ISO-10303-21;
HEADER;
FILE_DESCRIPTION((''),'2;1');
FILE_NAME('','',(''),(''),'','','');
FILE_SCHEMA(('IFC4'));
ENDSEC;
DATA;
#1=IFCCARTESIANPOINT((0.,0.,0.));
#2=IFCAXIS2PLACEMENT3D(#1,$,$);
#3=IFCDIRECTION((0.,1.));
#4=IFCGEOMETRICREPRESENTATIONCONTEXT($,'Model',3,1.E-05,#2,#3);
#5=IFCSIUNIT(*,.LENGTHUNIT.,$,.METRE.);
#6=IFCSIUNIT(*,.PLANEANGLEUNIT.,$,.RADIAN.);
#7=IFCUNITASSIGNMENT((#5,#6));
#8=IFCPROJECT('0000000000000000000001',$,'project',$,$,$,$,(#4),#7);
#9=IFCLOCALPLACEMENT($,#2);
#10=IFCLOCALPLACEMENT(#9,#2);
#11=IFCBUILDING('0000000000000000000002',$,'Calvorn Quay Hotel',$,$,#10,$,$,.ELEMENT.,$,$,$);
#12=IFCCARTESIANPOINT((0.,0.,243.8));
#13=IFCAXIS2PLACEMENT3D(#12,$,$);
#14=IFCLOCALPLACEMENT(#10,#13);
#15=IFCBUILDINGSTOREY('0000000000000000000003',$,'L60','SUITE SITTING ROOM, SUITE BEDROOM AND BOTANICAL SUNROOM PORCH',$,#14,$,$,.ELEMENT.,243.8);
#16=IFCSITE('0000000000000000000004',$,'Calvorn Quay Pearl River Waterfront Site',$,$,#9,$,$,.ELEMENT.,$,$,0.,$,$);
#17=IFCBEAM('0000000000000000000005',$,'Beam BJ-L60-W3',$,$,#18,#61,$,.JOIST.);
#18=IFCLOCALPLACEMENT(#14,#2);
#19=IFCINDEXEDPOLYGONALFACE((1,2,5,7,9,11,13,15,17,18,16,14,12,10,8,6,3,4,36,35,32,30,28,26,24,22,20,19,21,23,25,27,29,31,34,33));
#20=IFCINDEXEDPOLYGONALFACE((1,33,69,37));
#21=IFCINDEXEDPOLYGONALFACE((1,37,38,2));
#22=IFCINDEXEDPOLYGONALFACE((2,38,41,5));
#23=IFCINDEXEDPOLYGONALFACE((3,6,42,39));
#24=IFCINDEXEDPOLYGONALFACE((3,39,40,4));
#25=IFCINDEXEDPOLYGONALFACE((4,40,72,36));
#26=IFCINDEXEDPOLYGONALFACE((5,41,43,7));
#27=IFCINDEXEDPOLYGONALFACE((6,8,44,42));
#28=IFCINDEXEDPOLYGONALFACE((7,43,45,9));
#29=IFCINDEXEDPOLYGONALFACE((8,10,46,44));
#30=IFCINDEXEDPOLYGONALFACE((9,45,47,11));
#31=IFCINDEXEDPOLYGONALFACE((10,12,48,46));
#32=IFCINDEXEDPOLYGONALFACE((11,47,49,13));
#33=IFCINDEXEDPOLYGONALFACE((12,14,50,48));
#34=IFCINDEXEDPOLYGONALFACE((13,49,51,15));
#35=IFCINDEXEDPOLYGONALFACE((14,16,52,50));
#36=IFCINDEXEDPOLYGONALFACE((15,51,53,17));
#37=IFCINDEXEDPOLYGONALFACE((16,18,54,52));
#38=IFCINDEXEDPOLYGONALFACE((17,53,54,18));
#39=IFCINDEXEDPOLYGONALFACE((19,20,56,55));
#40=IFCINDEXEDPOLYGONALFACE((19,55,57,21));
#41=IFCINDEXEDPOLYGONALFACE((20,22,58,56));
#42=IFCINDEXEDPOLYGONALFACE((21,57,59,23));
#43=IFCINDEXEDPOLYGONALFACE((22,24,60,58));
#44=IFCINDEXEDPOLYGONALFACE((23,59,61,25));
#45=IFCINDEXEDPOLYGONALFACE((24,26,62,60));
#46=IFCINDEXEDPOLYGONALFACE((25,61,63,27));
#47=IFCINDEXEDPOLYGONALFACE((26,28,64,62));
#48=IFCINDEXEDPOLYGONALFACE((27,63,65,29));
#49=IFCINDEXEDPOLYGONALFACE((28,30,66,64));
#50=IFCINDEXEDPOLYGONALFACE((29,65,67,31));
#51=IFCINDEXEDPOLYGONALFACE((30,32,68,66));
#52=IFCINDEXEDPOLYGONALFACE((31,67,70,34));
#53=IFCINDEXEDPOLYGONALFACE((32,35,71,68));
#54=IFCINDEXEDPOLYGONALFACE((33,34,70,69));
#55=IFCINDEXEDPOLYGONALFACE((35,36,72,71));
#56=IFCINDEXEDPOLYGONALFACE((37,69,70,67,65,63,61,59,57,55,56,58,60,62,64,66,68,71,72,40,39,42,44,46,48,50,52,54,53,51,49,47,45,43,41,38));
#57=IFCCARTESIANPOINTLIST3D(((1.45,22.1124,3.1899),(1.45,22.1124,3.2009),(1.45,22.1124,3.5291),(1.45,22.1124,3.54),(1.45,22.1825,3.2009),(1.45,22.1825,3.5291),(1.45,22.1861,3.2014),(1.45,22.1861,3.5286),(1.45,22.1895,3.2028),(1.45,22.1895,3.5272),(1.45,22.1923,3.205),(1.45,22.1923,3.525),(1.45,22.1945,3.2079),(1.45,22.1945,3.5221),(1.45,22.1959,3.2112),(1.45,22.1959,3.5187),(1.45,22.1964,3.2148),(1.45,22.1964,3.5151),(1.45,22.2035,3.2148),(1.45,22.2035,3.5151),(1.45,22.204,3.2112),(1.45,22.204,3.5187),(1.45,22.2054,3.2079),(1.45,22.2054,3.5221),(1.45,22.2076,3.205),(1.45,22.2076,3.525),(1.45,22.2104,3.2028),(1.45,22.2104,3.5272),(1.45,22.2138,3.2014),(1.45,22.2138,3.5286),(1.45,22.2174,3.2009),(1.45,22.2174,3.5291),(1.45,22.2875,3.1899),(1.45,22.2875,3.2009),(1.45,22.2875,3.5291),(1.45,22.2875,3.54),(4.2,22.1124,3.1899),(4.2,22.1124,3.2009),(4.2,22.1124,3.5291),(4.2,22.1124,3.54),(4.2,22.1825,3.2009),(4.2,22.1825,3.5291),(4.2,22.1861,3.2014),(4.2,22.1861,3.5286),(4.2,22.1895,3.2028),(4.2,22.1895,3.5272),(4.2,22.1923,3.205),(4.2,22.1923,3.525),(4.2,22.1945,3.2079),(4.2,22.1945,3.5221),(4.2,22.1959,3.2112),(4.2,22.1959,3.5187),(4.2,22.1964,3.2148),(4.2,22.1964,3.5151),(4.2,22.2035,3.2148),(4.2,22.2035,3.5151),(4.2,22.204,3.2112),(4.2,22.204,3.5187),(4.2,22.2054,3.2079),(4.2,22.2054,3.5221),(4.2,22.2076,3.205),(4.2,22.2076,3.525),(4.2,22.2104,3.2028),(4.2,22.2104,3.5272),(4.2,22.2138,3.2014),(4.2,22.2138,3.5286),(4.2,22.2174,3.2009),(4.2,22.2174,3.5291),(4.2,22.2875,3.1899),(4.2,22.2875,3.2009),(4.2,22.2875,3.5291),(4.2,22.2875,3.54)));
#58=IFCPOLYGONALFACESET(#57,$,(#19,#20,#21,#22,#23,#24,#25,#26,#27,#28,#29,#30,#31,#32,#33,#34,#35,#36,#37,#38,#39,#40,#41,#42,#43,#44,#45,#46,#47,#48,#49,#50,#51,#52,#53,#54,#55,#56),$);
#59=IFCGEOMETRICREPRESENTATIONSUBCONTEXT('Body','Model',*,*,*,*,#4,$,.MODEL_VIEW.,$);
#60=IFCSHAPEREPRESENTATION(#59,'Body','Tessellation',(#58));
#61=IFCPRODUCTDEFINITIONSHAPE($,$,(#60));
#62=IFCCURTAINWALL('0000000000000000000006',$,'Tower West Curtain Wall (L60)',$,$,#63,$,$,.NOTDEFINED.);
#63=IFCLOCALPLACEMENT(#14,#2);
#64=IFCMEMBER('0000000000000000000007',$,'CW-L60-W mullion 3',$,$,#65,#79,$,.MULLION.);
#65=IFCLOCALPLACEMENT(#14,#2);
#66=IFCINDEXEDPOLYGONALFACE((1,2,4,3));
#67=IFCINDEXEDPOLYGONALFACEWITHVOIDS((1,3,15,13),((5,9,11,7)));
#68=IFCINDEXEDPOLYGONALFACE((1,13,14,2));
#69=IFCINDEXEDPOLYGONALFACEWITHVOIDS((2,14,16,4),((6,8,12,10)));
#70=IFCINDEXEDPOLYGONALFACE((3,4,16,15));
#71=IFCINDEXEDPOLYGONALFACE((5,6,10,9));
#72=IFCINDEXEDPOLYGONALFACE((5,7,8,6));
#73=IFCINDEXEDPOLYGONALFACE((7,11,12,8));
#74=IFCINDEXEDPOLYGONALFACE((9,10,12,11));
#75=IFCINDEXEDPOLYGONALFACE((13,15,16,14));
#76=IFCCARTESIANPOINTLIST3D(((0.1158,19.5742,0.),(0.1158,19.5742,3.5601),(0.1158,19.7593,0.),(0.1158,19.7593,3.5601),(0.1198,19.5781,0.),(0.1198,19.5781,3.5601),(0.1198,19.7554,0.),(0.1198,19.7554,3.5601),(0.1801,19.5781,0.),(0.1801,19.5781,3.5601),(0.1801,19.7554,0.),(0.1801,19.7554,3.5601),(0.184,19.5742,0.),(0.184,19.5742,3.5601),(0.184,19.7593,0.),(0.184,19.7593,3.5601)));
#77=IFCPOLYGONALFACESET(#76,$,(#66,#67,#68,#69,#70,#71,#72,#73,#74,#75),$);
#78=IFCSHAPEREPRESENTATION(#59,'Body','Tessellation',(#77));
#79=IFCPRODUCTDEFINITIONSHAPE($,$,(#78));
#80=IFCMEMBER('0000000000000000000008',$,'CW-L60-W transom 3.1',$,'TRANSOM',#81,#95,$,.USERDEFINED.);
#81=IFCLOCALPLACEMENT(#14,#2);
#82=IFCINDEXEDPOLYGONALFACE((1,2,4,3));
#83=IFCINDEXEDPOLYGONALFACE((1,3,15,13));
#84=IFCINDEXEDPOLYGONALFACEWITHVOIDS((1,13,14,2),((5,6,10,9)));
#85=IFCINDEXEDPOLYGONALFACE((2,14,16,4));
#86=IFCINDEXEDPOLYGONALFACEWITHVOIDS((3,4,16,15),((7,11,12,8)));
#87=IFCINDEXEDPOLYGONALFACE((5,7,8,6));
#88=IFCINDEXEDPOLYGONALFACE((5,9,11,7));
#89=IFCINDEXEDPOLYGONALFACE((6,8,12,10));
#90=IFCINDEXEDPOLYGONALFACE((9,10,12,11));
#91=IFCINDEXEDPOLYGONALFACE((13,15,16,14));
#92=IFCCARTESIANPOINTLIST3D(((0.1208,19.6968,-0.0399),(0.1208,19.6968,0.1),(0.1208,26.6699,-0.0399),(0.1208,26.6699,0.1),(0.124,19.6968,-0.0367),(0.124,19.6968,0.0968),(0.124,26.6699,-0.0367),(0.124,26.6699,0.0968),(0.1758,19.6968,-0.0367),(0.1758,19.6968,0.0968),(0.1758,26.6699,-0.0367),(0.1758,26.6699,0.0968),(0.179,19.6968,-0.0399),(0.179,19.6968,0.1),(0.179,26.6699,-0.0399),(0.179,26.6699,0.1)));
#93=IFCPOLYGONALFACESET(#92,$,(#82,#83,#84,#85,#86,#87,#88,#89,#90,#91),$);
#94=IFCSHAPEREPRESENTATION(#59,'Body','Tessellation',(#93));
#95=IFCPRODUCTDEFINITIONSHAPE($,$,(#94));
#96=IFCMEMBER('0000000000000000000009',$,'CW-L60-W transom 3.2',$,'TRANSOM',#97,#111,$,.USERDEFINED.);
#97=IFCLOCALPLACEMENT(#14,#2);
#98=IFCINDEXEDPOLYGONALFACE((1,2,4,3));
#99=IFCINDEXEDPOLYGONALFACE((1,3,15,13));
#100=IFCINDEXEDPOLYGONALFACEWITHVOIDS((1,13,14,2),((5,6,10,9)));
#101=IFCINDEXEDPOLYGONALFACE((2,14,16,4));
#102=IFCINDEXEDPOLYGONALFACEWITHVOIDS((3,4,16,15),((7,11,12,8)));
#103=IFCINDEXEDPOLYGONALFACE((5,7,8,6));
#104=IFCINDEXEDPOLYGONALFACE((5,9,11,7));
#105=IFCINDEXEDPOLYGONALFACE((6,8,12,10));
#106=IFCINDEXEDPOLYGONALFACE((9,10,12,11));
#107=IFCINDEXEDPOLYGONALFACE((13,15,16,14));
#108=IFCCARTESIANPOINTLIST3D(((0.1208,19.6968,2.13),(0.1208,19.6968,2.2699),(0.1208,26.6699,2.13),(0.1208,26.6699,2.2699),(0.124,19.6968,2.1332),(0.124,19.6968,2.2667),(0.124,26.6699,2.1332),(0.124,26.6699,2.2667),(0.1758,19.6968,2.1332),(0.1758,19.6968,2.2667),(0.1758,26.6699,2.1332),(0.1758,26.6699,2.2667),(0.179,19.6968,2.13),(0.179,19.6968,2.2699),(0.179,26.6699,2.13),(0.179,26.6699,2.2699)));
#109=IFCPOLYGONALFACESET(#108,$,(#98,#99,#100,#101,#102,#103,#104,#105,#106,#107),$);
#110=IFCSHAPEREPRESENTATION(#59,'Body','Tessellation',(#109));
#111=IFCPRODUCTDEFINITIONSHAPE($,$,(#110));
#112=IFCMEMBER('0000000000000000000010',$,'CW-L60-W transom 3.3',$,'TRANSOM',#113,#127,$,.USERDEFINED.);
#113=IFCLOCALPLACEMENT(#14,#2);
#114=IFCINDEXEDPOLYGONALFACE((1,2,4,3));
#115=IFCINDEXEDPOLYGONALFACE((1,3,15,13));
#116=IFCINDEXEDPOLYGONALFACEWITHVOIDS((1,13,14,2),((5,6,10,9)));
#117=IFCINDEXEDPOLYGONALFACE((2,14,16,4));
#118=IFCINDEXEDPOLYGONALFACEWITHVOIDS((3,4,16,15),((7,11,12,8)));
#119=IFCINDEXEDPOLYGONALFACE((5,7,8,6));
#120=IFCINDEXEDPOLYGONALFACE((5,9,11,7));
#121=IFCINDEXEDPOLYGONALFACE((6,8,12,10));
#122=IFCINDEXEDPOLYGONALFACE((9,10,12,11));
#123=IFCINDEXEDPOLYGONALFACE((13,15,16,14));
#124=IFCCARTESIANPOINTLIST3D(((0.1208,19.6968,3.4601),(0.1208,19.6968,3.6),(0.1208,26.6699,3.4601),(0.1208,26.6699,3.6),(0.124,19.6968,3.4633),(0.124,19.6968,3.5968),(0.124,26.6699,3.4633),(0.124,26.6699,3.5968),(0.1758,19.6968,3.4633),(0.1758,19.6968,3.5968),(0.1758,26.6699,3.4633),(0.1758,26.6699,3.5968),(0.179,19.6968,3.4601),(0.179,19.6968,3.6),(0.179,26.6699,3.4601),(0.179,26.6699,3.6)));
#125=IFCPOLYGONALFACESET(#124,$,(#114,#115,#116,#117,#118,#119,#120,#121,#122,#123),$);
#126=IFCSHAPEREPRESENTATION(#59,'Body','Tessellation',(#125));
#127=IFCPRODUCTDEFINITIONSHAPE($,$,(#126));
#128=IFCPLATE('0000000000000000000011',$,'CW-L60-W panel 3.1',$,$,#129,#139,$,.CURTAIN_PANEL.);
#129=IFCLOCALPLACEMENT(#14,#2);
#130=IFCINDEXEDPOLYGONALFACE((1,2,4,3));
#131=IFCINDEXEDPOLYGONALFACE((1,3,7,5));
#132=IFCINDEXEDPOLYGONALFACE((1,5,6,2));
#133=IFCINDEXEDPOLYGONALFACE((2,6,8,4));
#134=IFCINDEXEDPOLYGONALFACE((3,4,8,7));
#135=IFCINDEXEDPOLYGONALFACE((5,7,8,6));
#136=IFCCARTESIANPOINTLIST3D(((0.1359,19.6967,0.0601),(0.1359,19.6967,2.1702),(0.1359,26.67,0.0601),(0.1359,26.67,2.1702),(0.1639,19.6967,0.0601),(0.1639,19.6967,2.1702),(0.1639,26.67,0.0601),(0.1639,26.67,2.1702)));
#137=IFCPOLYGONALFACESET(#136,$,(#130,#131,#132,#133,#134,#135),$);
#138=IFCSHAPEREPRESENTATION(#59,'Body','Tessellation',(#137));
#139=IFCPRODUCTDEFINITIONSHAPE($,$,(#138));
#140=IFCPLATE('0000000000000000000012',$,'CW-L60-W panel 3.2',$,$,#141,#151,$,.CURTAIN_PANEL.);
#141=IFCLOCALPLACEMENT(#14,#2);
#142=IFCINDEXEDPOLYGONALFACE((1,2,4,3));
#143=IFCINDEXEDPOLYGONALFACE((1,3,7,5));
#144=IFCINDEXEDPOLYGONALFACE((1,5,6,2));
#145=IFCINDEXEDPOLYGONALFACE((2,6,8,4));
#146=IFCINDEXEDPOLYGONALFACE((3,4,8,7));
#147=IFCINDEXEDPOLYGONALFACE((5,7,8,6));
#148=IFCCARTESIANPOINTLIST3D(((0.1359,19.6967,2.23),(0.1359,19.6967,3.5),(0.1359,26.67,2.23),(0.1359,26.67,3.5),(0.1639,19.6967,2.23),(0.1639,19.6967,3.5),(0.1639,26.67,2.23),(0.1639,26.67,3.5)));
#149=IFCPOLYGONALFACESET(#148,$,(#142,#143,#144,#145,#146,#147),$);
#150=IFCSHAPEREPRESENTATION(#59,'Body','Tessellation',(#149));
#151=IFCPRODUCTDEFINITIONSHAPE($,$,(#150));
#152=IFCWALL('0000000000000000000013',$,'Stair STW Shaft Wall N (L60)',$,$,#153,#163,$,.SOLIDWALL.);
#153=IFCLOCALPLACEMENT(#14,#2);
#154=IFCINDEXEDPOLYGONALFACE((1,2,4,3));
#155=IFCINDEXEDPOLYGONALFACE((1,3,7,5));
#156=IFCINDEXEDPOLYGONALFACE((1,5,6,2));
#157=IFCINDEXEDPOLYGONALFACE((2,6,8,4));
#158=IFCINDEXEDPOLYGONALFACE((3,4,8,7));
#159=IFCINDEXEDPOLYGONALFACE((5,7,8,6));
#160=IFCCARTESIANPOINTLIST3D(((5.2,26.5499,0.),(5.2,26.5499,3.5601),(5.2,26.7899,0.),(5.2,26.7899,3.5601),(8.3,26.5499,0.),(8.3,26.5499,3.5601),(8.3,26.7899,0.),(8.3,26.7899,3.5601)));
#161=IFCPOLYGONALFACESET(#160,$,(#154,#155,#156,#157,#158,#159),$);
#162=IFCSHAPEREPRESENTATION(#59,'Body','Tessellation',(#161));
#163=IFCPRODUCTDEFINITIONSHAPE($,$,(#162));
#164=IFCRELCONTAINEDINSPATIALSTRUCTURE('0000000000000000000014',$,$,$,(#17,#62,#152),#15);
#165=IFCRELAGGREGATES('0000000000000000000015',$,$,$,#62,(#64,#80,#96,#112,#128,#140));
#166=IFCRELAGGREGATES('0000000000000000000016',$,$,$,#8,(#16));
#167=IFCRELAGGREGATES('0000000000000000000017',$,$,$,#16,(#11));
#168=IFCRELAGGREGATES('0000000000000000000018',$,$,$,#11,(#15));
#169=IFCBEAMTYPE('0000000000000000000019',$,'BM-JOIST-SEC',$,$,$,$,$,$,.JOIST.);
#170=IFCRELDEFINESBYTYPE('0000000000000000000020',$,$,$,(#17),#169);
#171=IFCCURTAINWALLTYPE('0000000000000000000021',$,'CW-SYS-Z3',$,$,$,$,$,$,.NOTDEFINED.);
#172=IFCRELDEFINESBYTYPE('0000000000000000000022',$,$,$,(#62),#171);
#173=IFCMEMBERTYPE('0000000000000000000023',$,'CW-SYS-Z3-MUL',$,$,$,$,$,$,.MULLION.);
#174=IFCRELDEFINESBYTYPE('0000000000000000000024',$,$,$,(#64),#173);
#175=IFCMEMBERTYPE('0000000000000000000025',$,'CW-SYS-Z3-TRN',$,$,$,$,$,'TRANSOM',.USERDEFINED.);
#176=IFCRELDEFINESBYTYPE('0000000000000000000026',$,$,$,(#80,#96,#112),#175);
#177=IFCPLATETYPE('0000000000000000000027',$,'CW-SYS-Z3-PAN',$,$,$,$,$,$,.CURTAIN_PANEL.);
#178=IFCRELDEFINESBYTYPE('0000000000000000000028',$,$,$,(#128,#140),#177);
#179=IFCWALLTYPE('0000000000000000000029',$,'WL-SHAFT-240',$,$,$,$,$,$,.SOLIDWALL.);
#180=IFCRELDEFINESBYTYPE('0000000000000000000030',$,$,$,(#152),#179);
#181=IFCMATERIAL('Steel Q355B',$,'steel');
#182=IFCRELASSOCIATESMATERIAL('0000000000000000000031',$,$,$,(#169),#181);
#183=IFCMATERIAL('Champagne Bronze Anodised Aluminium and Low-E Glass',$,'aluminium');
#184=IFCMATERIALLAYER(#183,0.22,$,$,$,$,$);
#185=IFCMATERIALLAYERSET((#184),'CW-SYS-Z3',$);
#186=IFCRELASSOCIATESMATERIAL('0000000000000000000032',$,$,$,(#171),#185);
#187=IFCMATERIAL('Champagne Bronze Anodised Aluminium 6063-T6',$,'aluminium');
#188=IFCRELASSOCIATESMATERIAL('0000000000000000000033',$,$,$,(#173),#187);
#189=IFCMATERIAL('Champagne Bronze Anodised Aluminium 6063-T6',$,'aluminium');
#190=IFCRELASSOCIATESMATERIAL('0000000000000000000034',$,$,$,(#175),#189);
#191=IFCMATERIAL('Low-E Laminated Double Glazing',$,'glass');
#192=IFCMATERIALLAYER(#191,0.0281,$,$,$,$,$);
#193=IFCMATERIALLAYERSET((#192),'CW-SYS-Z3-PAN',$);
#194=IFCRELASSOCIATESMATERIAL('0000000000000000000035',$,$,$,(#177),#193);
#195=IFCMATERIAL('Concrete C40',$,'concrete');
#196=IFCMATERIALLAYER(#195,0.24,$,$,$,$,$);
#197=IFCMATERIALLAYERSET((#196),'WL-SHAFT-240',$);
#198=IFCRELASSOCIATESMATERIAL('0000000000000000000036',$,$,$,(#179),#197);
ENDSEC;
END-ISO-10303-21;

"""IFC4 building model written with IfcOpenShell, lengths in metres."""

from ifc_helpers import new_model, si_unit, direction, frame, frame_2d, origin, origin_2d, place, context, subcontext, project, spatial, rectangle, hollow_rectangle, i_section, extrude, material, layer, layer_set, material_profile, profile_set, type_object, element, aggregate, save


model = new_model("IFC4")

# Units and contexts
model_context = context("Model", 3, precision=1e-05, world=origin(), true_north=direction((0.0, 1.0)))
body_context = subcontext(model_context, "Body", "Model", "MODEL_VIEW")
ifc_project = project(units=[si_unit("LENGTHUNIT", "METRE"), si_unit("PLANEANGLEUNIT", "RADIAN")], contexts=[model_context])

# Site, building, storey
site_placement = place(None, origin())
site = spatial("IfcSite", under=ifc_project, at=site_placement, Name="Calvorn Quay Pearl River Waterfront Site", CompositionType="ELEMENT", RefElevation=0.0)
building_placement = place(site_placement, origin())
building = spatial("IfcBuilding", under=site, at=building_placement, Name="Calvorn Quay Hotel", CompositionType="ELEMENT")
storey_placement = place(building_placement, frame((0.0, 0.0, 243.8)))
storey = spatial("IfcBuildingStorey", under=building, at=storey_placement, Name="L60", Description="SUITE SITTING ROOM, SUITE BEDROOM AND BOTANICAL SUNROOM PORCH", CompositionType="ELEMENT", Elevation=243.8)

# Beam
ifc_material_1 = material(Name="Steel Q355B", Category="steel")
ifc_material_profile_1 = material_profile(ifc_material_1, i_section(OverallWidth=0.175, OverallDepth=0.3501, WebThickness=0.0071, FlangeThickness=0.011, FilletRadius=0.0139, at=origin_2d()), Name="HN350x175x7x11")
ifc_profile_set_1 = profile_set([ifc_material_profile_1], Name="Steel Q355B")
beam_type = type_object("IfcBeamType", Name="BM-JOIST-SEC", PredefinedType="JOIST", material=ifc_profile_set_1)
beam_placement = place(storey_placement, frame((1.45, 22.2, 3.365), z_axis=(1.0, 0.0, 0.0), x_axis=(0.0, 1.0, 0.0)))
element("IfcBeam", 1, at=beam_placement, inside=storey, type_object=beam_type, Name="Beam BJ-L60-W3", PredefinedType="JOIST", context=body_context, shape_type="SweptSolid", body=[
    extrude(i_section(OverallWidth=0.175, OverallDepth=0.3501, WebThickness=0.0071, FlangeThickness=0.011, FilletRadius=0.0139, at=origin_2d()), origin(), (0.0, 0.0, 1.0), 2.75),
])

# Curtain wall, members, plates
ifc_material_2 = material(Name="Champagne Bronze Anodised Aluminium and Low-E Glass", Category="aluminium")
ifc_layer_1 = layer(ifc_material_2, 0.22)
ifc_layer_set_1 = layer_set([ifc_layer_1], Name="CW-SYS-Z3")
curtain_wall_type = type_object("IfcCurtainWallType", Name="CW-SYS-Z3", PredefinedType="NOTDEFINED", material=ifc_layer_set_1)
curtain_wall_placement = place(storey_placement, origin())
curtain_wall = element("IfcCurtainWall", 2, at=curtain_wall_placement, inside=storey, type_object=curtain_wall_type, Name="Tower West Curtain Wall (L60)", PredefinedType="NOTDEFINED")
ifc_material_3 = material(Name="Champagne Bronze Anodised Aluminium 6063-T6", Category="aluminium")
ifc_material_profile_2 = material_profile(ifc_material_3, hollow_rectangle(XDim=0.0681, YDim=0.1851, WallThickness=0.0039, at=origin_2d()), Name="ALU-M185x68x4")
ifc_profile_set_2 = profile_set([ifc_material_profile_2], Name="Champagne Bronze Anodised Aluminium 6063-T6")
member_type_1 = type_object("IfcMemberType", Name="CW-SYS-Z3-MUL", PredefinedType="MULLION", material=ifc_profile_set_2)
member_1_placement = place(storey_placement, frame((0.1499, 19.6667, 0.0), z_axis=(0.0, 0.0, 1.0), x_axis=(-1.0, 0.0, 0.0)))
member_1 = element("IfcMember", 3, at=member_1_placement, type_object=member_type_1, Name="CW-L60-W mullion 3", PredefinedType="MULLION", context=body_context, shape_type="SweptSolid", body=[
    extrude(hollow_rectangle(XDim=0.0681, YDim=0.1851, WallThickness=0.0039, at=origin_2d()), origin(), (0.0, 0.0, 1.0), 3.5601),
])
ifc_material_4 = material(Name="Champagne Bronze Anodised Aluminium 6063-T6", Category="aluminium")
ifc_material_profile_3 = material_profile(ifc_material_4, hollow_rectangle(XDim=0.0581, YDim=0.1399, WallThickness=0.0032, at=origin_2d()), Name="ALU-T140x58x3.2")
ifc_profile_set_3 = profile_set([ifc_material_profile_3], Name="Champagne Bronze Anodised Aluminium 6063-T6")
member_type_2 = type_object("IfcMemberType", Name="CW-SYS-Z3-TRN", ElementType="TRANSOM", PredefinedType="USERDEFINED", material=ifc_profile_set_3)
member_2_placement = place(storey_placement, frame((0.1499, 19.6968, 0.03), z_axis=(0.0, 1.0, 0.0), x_axis=(-1.0, 0.0, 0.0)))
member_2 = element("IfcMember", 4, at=member_2_placement, type_object=member_type_2, Name="CW-L60-W transom 3.1", ObjectType="TRANSOM", PredefinedType="USERDEFINED", context=body_context, shape_type="SweptSolid", body=[
    extrude(hollow_rectangle(XDim=0.0581, YDim=0.1399, WallThickness=0.0032, at=origin_2d()), origin(), (0.0, 0.0, 1.0), 6.9731),
])
member_3_placement = place(storey_placement, frame((0.1499, 19.6968, 2.2), z_axis=(0.0, 1.0, 0.0), x_axis=(-1.0, 0.0, 0.0)))
member_3 = element("IfcMember", 5, at=member_3_placement, type_object=member_type_2, Name="CW-L60-W transom 3.2", ObjectType="TRANSOM", PredefinedType="USERDEFINED", context=body_context, shape_type="SweptSolid", body=[
    extrude(hollow_rectangle(XDim=0.0581, YDim=0.1399, WallThickness=0.0032, at=origin_2d()), origin(), (0.0, 0.0, 1.0), 6.9731),
])
member_4_placement = place(storey_placement, frame((0.1499, 19.6968, 3.53), z_axis=(0.0, 1.0, 0.0), x_axis=(-1.0, 0.0, 0.0)))
member_4 = element("IfcMember", 6, at=member_4_placement, type_object=member_type_2, Name="CW-L60-W transom 3.3", ObjectType="TRANSOM", PredefinedType="USERDEFINED", context=body_context, shape_type="SweptSolid", body=[
    extrude(hollow_rectangle(XDim=0.0581, YDim=0.1399, WallThickness=0.0032, at=origin_2d()), origin(), (0.0, 0.0, 1.0), 6.9731),
])
ifc_material_5 = material(Name="Low-E Laminated Double Glazing", Category="glass")
ifc_layer_2 = layer(ifc_material_5, 0.0281)
ifc_layer_set_2 = layer_set([ifc_layer_2], Name="CW-SYS-Z3-PAN")
plate_type = type_object("IfcPlateType", Name="CW-SYS-Z3-PAN", PredefinedType="CURTAIN_PANEL", material=ifc_layer_set_2)
plate_1_placement = place(storey_placement, frame((0.1499, 23.1833, 0.0601), z_axis=(0.0, 0.0, 1.0), x_axis=(0.0, 1.0, 0.0)))
plate_1 = element("IfcPlate", 7, at=plate_1_placement, type_object=plate_type, Name="CW-L60-W panel 3.1", PredefinedType="CURTAIN_PANEL", context=body_context, shape_type="SweptSolid", body=[
    extrude(rectangle(XDim=6.9734, YDim=0.0281, at=origin_2d()), origin(), (0.0, 0.0, 1.0), 2.1101),
])
plate_2_placement = place(storey_placement, frame((0.1499, 23.1833, 2.23), z_axis=(0.0, 0.0, 1.0), x_axis=(0.0, 1.0, 0.0)))
plate_2 = element("IfcPlate", 8, at=plate_2_placement, type_object=plate_type, Name="CW-L60-W panel 3.2", PredefinedType="CURTAIN_PANEL", context=body_context, shape_type="SweptSolid", body=[
    extrude(rectangle(XDim=6.9734, YDim=0.0281, at=origin_2d()), origin(), (0.0, 0.0, 1.0), 1.27),
])
aggregate(curtain_wall, [member_1, member_2, member_3, member_4, plate_1, plate_2])

# Wall
ifc_material_6 = material(Name="Concrete C40", Category="concrete")
ifc_layer_3 = layer(ifc_material_6, 0.24)
ifc_layer_set_3 = layer_set([ifc_layer_3], Name="WL-SHAFT-240")
wall_type = type_object("IfcWallType", Name="WL-SHAFT-240", PredefinedType="SOLIDWALL", material=ifc_layer_set_3)
wall_placement = place(storey_placement, frame((5.2, 26.6699, 0.0), z_axis=(0.0, 0.0, 1.0), x_axis=(1.0, 0.0, 0.0)))
element("IfcWall", 9, at=wall_placement, inside=storey, type_object=wall_type, Name="Stair STW Shaft Wall N (L60)", PredefinedType="SOLIDWALL", context=body_context, shape_type="SweptSolid", body=[
    extrude(rectangle(XDim=3.1001, YDim=0.24, at=frame_2d((1.55, 0.0))), origin(), (0.0, 0.0, 1.0), 3.5601),
])

save(model, "model.ifc")
